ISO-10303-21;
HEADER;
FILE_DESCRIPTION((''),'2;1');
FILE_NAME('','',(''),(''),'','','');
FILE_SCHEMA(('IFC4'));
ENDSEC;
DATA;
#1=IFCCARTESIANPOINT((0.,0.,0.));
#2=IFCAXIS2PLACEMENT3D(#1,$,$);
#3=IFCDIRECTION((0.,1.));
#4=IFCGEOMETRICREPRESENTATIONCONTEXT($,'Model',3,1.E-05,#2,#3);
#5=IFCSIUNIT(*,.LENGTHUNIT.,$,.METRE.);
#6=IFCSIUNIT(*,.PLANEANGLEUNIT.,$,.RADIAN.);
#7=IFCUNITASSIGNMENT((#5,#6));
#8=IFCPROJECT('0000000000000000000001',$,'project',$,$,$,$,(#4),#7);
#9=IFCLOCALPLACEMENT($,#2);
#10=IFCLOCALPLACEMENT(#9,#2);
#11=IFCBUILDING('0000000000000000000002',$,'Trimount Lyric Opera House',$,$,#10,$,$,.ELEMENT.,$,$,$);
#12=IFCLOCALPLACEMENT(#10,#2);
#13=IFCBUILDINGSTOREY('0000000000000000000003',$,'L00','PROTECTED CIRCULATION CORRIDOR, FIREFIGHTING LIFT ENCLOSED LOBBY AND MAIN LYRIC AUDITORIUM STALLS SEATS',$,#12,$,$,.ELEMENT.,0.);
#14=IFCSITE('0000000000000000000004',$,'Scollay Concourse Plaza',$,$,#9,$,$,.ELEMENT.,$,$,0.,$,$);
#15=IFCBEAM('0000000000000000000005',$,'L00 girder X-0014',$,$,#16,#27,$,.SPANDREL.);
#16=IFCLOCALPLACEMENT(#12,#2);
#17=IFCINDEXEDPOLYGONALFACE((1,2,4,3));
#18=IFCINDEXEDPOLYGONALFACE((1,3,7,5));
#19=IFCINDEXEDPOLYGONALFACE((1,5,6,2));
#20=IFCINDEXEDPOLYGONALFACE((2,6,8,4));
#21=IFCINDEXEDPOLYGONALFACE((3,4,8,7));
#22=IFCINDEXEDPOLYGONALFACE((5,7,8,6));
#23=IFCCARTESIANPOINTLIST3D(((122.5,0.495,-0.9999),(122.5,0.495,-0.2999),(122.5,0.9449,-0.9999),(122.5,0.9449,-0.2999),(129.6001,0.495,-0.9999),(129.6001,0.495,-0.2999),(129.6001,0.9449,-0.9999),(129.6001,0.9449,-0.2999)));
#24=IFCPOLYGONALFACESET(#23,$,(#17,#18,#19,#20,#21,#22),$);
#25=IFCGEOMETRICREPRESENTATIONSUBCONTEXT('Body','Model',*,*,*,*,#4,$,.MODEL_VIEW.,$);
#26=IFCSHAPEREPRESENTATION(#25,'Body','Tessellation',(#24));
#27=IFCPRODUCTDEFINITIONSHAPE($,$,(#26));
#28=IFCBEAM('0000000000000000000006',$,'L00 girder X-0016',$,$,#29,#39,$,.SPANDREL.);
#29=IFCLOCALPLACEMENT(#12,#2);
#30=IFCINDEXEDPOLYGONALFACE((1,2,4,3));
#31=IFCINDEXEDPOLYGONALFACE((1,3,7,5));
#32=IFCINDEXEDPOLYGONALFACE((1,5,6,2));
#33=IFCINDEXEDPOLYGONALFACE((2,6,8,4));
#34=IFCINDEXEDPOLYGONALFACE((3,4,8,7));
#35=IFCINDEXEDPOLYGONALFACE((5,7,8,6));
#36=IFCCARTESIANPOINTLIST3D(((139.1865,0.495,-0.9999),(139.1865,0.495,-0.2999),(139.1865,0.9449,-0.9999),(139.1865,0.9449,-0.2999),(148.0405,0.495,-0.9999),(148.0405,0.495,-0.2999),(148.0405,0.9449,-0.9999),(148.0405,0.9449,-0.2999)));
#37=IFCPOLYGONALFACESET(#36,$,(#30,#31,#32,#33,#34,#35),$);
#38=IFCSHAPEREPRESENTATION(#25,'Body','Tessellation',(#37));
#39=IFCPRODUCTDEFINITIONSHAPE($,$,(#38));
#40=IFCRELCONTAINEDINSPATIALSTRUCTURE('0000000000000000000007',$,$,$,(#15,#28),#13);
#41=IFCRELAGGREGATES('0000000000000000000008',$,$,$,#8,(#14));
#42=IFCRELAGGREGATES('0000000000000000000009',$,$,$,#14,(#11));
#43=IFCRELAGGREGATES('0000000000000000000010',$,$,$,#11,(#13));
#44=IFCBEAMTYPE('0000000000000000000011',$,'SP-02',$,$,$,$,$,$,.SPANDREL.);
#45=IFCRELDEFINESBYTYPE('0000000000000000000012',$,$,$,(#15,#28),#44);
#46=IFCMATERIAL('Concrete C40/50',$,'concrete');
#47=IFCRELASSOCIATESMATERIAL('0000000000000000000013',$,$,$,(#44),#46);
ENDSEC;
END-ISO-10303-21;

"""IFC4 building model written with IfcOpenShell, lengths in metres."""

from ifc_helpers import new_model, si_unit, direction, frame, origin, origin_2d, place, context, subcontext, project, spatial, rectangle, extrude, material, material_profile, profile_set, type_object, element, save


model = new_model("IFC4")

# Units and contexts
model_context = context("Model", 3, precision=1e-05, world=origin(), true_north=direction((0.0, 1.0)))
body_context = subcontext(model_context, "Body", "Model", "MODEL_VIEW")
ifc_project = project(units=[si_unit("LENGTHUNIT", "METRE"), si_unit("PLANEANGLEUNIT", "RADIAN")], contexts=[model_context])

# Site, building, storey
site_placement = place(None, origin())
site = spatial("IfcSite", under=ifc_project, at=site_placement, Name="Scollay Concourse Plaza", CompositionType="ELEMENT", RefElevation=0.0)
building_placement = place(site_placement, origin())
building = spatial("IfcBuilding", under=site, at=building_placement, Name="Trimount Lyric Opera House", CompositionType="ELEMENT")
storey_placement = place(building_placement, origin())
storey = spatial("IfcBuildingStorey", under=building, at=storey_placement, Name="L00", Description="PROTECTED CIRCULATION CORRIDOR, FIREFIGHTING LIFT ENCLOSED LOBBY AND MAIN LYRIC AUDITORIUM STALLS SEATS", CompositionType="ELEMENT", Elevation=0.0)

# Beams
ifc_material_1 = material(Name="Concrete C40/50", Category="concrete")
ifc_material_profile_1 = material_profile(ifc_material_1, rectangle(XDim=0.45, YDim=0.7, at=origin_2d()), Name="RC450X700")
ifc_profile_set_1 = profile_set([ifc_material_profile_1], Name="Concrete C40/50")
beam_type_1 = type_object("IfcBeamType", Name="SP-02", PredefinedType="SPANDREL", material=ifc_profile_set_1)
beam_1_placement = place(storey_placement, frame((122.5, 0.72, -0.6499), z_axis=(1.0, 0.0, 0.0), x_axis=(0.0, 1.0, 0.0)))
element("IfcBeam", 1, at=beam_1_placement, inside=storey, type_object=beam_type_1, Name="L00 girder X-0014", PredefinedType="SPANDREL", context=body_context, shape_type="SweptSolid", body=[
    extrude(rectangle(XDim=0.45, YDim=0.7, at=origin_2d()), origin(), (0.0, 0.0, 1.0), 7.1001),
])
beam_2_placement = place(storey_placement, frame((139.1865, 0.72, -0.6499), z_axis=(1.0, 0.0, 0.0), x_axis=(0.0, 1.0, 0.0)))
element("IfcBeam", 2, at=beam_2_placement, inside=storey, type_object=beam_type_1, Name="L00 girder X-0016", PredefinedType="SPANDREL", context=body_context, shape_type="SweptSolid", body=[
    extrude(rectangle(XDim=0.45, YDim=0.7, at=origin_2d()), origin(), (0.0, 0.0, 1.0), 8.854),
])

save(model, "model.ifc")
